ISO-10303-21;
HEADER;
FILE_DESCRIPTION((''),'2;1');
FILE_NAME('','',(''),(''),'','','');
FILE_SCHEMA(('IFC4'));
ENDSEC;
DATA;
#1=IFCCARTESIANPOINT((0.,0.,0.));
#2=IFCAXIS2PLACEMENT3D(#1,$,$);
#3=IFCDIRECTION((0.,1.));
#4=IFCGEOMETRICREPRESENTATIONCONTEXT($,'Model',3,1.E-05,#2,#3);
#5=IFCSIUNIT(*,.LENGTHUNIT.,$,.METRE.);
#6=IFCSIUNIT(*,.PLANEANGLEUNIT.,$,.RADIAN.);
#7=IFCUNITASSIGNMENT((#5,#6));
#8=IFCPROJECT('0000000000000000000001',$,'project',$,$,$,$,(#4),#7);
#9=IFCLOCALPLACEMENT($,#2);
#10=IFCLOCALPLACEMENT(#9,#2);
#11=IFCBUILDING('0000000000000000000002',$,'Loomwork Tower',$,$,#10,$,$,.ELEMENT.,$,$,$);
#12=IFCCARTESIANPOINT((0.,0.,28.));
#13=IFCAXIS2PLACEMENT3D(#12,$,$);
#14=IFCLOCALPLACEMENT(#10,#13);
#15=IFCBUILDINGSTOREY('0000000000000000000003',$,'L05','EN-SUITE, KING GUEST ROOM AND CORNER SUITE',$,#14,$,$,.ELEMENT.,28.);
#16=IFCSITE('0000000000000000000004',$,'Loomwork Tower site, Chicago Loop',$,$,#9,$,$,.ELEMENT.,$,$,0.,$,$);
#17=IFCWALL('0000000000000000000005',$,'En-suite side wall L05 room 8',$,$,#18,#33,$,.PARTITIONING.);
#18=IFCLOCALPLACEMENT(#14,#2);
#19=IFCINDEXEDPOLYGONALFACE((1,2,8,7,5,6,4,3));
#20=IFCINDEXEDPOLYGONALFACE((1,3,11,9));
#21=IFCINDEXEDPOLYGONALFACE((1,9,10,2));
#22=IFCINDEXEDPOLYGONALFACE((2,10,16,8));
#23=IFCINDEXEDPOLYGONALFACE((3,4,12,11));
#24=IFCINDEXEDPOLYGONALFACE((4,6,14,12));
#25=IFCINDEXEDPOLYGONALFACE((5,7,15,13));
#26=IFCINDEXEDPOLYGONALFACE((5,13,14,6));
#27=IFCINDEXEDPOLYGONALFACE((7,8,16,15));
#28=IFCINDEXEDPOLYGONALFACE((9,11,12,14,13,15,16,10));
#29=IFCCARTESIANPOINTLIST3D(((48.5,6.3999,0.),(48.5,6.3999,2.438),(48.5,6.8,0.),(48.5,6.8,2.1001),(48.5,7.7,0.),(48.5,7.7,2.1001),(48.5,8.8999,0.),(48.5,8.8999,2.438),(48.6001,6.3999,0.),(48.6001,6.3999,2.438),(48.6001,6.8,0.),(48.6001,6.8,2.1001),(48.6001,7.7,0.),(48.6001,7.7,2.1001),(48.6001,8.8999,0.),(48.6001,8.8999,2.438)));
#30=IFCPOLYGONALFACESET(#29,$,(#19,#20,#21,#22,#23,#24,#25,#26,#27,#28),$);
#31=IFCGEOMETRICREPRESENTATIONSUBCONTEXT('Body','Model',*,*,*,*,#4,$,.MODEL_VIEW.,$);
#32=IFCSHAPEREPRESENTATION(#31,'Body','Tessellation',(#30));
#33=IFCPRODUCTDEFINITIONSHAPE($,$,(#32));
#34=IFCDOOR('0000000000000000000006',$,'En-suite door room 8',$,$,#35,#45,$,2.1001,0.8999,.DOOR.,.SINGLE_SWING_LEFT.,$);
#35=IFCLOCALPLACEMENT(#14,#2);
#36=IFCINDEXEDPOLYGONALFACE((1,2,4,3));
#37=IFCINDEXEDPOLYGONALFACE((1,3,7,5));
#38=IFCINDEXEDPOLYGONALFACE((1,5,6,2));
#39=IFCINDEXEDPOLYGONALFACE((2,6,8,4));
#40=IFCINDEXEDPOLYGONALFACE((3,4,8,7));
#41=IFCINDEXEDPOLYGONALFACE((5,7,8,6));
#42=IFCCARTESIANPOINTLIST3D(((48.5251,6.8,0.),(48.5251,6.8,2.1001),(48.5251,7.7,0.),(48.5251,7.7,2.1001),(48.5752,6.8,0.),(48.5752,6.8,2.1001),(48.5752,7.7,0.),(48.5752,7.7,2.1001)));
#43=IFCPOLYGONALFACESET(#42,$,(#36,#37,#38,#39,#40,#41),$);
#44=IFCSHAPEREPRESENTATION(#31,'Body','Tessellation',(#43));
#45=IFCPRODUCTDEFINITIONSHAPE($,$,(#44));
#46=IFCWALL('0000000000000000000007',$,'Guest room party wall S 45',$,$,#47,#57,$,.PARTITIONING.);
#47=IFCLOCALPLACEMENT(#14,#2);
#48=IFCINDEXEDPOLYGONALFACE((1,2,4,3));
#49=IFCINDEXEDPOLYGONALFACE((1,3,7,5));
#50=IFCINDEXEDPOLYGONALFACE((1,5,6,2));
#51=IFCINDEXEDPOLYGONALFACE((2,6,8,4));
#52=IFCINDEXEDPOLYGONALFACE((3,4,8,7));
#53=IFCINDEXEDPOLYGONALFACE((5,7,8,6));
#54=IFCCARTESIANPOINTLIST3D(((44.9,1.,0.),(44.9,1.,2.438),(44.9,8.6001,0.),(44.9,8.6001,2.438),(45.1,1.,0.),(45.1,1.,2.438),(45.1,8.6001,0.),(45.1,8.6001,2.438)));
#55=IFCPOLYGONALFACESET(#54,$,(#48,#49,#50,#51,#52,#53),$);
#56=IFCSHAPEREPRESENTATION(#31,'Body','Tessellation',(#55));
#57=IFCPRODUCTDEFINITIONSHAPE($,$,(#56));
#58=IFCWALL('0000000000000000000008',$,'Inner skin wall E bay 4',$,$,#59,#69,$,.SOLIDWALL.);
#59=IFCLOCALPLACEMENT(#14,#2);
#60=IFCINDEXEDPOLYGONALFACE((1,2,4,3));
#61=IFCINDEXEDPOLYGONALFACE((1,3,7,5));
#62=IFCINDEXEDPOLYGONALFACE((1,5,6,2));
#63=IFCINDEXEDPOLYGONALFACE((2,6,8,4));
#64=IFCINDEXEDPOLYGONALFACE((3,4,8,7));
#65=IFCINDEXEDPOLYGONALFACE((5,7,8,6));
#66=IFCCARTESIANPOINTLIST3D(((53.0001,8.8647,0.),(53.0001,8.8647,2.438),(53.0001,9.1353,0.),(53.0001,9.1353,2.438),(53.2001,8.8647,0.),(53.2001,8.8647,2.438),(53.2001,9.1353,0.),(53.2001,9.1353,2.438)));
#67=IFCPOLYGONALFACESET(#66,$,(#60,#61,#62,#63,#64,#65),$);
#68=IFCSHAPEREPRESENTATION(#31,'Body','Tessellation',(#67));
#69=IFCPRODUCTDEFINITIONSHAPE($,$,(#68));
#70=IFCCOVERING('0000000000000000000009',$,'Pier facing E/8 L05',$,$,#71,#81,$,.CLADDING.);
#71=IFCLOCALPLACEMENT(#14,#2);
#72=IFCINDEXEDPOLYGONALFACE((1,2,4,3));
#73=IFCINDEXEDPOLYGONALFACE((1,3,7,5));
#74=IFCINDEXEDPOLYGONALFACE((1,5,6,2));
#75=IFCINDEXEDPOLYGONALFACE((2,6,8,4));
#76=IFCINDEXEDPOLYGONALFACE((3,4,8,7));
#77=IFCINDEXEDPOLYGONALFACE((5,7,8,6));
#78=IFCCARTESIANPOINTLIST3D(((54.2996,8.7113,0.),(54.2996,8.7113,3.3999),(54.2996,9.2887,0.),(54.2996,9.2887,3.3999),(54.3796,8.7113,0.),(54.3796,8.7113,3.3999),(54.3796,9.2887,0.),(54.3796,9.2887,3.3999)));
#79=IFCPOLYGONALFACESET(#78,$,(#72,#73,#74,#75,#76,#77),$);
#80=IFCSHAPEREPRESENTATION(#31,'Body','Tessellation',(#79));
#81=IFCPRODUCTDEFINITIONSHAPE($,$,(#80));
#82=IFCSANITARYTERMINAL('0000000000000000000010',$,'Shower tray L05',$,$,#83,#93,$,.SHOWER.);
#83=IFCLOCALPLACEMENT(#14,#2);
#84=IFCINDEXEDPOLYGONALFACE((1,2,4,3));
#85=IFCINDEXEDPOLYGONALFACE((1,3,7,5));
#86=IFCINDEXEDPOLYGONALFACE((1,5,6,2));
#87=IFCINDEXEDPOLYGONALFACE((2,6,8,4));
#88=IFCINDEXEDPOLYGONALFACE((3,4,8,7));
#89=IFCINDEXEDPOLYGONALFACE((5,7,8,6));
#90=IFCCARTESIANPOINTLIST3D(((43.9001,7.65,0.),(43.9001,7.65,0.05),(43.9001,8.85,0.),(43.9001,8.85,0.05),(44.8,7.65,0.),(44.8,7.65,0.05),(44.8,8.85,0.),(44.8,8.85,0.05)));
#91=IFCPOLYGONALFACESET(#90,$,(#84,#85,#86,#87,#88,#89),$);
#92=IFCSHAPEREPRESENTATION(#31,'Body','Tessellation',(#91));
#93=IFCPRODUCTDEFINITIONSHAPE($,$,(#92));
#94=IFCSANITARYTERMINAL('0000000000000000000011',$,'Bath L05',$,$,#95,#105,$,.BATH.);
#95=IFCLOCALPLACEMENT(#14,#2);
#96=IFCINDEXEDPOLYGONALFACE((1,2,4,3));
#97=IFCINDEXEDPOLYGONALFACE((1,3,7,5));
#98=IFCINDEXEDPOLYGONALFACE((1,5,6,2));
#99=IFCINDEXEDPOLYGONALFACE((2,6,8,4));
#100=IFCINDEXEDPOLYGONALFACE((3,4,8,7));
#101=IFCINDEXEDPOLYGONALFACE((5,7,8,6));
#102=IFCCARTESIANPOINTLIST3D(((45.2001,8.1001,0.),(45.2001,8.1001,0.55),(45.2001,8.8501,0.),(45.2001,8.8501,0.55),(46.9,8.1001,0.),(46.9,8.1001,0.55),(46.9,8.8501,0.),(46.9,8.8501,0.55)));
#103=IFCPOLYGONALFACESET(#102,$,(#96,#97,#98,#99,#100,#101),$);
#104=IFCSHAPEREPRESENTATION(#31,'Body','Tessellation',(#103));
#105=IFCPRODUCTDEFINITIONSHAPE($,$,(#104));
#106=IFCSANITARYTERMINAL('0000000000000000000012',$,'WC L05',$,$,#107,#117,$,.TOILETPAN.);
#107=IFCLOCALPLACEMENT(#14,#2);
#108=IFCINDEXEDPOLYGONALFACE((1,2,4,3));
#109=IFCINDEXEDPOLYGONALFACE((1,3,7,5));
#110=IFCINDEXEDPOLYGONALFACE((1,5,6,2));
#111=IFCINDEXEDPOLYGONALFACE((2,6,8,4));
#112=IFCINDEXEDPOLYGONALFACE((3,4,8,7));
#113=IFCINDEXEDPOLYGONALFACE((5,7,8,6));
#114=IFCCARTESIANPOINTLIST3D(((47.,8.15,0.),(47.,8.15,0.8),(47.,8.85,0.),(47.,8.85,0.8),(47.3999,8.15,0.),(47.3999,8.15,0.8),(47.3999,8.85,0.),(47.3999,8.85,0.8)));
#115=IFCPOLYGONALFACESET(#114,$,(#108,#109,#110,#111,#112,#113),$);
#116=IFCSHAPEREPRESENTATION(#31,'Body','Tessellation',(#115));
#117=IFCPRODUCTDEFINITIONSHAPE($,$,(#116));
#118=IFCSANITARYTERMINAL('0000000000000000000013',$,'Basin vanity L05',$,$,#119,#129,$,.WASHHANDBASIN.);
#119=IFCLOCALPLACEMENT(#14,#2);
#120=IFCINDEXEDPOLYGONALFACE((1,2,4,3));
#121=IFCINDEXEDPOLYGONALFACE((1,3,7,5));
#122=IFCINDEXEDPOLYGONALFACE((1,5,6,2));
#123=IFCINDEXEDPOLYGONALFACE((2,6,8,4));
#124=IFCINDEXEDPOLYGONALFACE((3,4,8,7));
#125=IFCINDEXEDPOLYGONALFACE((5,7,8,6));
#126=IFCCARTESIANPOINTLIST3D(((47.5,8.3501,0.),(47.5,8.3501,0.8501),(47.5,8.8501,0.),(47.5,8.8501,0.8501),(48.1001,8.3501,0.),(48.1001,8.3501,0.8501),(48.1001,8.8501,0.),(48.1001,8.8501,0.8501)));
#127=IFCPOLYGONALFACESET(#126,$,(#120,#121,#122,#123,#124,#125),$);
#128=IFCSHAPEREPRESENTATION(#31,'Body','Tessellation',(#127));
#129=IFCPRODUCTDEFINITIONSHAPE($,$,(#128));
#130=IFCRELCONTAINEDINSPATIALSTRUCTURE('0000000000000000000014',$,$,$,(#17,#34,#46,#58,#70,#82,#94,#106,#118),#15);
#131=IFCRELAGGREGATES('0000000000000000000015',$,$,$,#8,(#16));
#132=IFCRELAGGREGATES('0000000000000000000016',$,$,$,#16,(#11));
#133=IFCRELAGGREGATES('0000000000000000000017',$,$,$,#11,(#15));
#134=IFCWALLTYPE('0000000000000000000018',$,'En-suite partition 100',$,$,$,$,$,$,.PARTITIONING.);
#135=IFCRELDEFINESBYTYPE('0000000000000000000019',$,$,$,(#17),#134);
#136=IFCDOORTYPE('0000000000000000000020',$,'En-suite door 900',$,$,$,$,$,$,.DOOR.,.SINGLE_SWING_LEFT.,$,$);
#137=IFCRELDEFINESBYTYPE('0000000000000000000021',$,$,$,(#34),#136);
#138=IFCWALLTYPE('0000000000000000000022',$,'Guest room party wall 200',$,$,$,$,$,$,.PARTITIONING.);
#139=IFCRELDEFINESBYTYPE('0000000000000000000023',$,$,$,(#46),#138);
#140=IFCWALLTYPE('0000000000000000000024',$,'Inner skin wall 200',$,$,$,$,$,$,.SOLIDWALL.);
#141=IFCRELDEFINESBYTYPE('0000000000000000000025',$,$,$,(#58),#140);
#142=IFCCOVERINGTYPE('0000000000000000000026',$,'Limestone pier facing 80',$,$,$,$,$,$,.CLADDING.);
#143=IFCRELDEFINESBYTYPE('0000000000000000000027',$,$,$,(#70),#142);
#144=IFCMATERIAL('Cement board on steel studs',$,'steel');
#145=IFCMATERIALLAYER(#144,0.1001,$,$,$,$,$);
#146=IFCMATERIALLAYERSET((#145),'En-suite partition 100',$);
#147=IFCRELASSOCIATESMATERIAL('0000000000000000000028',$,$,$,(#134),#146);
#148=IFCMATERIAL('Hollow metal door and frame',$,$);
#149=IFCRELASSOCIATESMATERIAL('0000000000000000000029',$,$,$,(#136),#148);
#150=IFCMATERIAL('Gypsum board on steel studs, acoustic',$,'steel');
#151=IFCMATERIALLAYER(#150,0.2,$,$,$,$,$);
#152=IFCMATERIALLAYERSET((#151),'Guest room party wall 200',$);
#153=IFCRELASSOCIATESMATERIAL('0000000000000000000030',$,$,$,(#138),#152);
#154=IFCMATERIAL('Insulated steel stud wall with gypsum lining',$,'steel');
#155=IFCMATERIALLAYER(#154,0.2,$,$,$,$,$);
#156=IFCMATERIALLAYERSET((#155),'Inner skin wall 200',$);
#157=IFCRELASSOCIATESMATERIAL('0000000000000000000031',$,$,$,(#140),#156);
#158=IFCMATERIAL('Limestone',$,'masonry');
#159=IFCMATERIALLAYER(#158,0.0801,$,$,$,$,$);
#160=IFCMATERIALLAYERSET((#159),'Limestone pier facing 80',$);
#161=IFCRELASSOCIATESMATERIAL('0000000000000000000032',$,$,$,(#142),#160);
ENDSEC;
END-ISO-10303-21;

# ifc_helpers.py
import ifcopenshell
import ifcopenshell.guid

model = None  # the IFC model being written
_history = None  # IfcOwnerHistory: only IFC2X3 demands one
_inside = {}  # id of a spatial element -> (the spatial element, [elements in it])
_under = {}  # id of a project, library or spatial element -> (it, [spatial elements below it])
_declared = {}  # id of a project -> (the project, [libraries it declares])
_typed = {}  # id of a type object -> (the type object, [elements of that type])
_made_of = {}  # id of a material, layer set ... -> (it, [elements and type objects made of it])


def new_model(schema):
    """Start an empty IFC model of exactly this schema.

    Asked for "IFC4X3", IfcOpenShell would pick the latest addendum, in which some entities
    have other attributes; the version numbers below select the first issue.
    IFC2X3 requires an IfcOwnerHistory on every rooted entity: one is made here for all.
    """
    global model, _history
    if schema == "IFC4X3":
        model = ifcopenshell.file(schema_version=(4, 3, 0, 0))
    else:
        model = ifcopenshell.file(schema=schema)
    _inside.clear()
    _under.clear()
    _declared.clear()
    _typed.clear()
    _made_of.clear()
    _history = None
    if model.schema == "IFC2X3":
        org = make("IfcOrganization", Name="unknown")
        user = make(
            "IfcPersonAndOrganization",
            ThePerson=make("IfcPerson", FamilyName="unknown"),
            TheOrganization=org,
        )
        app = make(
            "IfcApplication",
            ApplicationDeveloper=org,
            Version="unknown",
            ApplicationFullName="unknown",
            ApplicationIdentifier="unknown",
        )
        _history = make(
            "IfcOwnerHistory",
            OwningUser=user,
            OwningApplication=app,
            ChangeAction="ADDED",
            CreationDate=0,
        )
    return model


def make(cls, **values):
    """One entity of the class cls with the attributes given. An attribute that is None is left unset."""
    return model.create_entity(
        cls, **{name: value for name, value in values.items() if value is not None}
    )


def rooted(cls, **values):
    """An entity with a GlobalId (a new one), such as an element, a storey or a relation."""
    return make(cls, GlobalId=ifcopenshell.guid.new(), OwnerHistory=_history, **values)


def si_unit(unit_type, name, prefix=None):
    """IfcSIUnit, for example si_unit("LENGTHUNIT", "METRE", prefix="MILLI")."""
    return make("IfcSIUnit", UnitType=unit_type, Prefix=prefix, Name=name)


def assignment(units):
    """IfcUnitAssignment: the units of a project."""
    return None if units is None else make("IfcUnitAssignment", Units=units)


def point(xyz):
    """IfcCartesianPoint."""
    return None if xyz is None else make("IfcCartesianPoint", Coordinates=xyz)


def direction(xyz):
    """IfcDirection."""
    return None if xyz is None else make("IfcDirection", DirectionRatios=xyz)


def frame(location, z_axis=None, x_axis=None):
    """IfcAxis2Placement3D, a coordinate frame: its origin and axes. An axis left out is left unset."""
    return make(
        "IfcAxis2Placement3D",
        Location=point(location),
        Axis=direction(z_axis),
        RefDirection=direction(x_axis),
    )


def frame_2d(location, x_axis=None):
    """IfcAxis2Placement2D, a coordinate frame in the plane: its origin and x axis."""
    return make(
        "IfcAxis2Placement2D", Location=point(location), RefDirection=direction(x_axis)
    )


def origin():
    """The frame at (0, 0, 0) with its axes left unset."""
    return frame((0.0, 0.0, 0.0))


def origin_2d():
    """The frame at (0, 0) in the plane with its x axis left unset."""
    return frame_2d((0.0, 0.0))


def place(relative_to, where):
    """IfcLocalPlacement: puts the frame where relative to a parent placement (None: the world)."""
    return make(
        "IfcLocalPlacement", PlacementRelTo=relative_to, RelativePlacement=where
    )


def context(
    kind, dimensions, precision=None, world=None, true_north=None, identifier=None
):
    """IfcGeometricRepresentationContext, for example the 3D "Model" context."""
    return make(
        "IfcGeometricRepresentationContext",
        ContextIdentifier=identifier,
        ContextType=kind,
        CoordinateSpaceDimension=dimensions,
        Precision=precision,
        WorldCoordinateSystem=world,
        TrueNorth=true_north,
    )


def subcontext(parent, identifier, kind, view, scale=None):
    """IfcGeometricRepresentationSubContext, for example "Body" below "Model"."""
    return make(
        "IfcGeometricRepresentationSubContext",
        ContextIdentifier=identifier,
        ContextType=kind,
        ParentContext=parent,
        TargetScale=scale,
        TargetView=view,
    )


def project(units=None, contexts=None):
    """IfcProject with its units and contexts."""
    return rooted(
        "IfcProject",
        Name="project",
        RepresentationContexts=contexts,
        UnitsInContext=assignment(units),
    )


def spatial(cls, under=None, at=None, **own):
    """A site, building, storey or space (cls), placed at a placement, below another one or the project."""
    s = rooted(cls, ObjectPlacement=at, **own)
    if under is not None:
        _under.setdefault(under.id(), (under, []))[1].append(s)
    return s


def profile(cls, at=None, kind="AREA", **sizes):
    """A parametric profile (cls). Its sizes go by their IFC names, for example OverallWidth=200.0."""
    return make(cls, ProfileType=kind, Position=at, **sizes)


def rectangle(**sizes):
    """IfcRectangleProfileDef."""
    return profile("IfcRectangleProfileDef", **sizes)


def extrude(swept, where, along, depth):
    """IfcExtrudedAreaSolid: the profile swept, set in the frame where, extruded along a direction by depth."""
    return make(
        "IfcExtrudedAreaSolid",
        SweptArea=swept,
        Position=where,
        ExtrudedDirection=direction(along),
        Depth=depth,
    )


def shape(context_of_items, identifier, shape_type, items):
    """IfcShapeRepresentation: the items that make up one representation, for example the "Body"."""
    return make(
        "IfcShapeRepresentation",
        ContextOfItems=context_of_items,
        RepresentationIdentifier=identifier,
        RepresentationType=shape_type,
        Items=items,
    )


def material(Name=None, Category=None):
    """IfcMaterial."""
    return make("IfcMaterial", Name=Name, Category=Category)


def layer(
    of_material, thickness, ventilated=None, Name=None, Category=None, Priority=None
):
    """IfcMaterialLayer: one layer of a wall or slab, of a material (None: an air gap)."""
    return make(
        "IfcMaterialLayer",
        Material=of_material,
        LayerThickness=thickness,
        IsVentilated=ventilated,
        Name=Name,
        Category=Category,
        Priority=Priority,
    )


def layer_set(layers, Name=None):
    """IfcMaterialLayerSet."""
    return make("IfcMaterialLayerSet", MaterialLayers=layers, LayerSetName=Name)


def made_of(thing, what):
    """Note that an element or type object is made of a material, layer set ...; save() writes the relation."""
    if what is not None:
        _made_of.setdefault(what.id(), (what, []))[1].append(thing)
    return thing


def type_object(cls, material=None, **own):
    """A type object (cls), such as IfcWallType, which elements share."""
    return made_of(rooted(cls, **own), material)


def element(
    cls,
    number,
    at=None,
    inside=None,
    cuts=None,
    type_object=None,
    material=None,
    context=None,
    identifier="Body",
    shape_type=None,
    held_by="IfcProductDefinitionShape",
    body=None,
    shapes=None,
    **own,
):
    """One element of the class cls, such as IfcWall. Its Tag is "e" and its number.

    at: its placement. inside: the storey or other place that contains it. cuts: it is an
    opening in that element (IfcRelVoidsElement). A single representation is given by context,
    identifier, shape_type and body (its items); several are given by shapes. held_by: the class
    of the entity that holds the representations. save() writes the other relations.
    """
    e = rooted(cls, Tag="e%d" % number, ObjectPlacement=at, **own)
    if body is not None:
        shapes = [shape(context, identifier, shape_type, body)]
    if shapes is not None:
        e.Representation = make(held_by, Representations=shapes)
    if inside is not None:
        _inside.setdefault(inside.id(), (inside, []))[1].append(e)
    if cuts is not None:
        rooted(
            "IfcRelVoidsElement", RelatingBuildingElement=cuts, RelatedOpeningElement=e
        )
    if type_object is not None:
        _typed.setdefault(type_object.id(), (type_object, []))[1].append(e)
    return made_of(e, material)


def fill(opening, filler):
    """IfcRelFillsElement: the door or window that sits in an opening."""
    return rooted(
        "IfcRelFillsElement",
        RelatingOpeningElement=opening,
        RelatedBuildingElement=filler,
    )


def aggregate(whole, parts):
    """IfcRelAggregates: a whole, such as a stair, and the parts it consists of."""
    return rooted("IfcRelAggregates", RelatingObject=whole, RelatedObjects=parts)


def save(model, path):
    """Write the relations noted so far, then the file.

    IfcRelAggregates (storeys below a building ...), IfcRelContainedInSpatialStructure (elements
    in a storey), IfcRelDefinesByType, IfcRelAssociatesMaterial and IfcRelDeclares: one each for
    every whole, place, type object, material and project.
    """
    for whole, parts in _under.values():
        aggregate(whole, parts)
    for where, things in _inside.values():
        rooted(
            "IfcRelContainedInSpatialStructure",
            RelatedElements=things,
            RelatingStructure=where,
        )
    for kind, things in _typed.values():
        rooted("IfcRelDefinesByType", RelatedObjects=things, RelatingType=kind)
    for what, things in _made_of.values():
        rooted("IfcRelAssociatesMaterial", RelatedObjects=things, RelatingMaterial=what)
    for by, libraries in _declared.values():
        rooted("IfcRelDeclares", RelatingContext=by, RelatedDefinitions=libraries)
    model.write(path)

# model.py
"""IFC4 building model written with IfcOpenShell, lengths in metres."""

from ifc_helpers import new_model, si_unit, direction, frame, frame_2d, origin, origin_2d, place, context, subcontext, project, spatial, rectangle, extrude, material, layer, layer_set, type_object, element, fill, save


model = new_model("IFC4")

# Units and contexts
model_context = context("Model", 3, precision=1e-05, world=origin(), true_north=direction((0.0, 1.0)))
body_context = subcontext(model_context, "Body", "Model", "MODEL_VIEW")
ifc_project = project(units=[si_unit("LENGTHUNIT", "METRE"), si_unit("PLANEANGLEUNIT", "RADIAN")], contexts=[model_context])

# Site, building, storey
site_placement = place(None, origin())
site = spatial("IfcSite", under=ifc_project, at=site_placement, Name="Loomwork Tower site, Chicago Loop", CompositionType="ELEMENT", RefElevation=0.0)
building_placement = place(site_placement, origin())
building = spatial("IfcBuilding", under=site, at=building_placement, Name="Loomwork Tower", CompositionType="ELEMENT")
storey_placement = place(building_placement, frame((0.0, 0.0, 28.0)))
storey = spatial("IfcBuildingStorey", under=building, at=storey_placement, Name="L05", Description="EN-SUITE, KING GUEST ROOM AND CORNER SUITE", CompositionType="ELEMENT", Elevation=28.0)

# Shared definitions
ifc_material_1 = material(Name="Cement board on steel studs", Category="steel")
ifc_layer_1 = layer(ifc_material_1, 0.1001)
ifc_layer_set_1 = layer_set([ifc_layer_1], Name="En-suite partition 100")
wall_type_1 = type_object("IfcWallType", Name="En-suite partition 100", PredefinedType="PARTITIONING", material=ifc_layer_set_1)

# Wall, opening, door
wall_1_placement = place(storey_placement, frame((48.55, 8.8999, 0.0), z_axis=(0.0, 0.0, 1.0), x_axis=(0.0, -1.0, 0.0)))
wall_1 = element("IfcWall", 1, at=wall_1_placement, inside=storey, type_object=wall_type_1, Name="En-suite side wall L05 room 8", PredefinedType="PARTITIONING", context=body_context, shape_type="SweptSolid", body=[
    extrude(rectangle(XDim=2.5, YDim=0.1001, at=frame_2d((1.25, 0.0))), origin(), (0.0, 0.0, 1.0), 2.438),
])
opening_1_placement = place(wall_1_placement, frame((1.2, 0.0, 0.0)))
opening_1 = element("IfcOpeningElement", 2, at=opening_1_placement, cuts=wall_1, PredefinedType="OPENING", context=body_context, shape_type="SweptSolid", body=[
    extrude(rectangle(XDim=0.8999, YDim=2.1001, at=frame_2d((0.45, 1.05))), frame((0.0, 0.0601, 0.0), z_axis=(0.0, -1.0, 0.0), x_axis=(1.0, 0.0, 0.0)), (0.0, 0.0, 1.0), 0.1201),
])
ifc_material_2 = material(Name="Hollow metal door and frame")
door_type_1 = type_object("IfcDoorType", Name="En-suite door 900", OperationType="SINGLE_SWING_LEFT", PredefinedType="DOOR", material=ifc_material_2)
door_1_placement = place(opening_1_placement, frame((0.8999, 0.0, 0.0), z_axis=(0.0, 0.0, 1.0), x_axis=(-1.0, 0.0, 0.0)))
door_1 = element("IfcDoor", 3, at=door_1_placement, inside=storey, type_object=door_type_1, Name="En-suite door room 8", OperationType="SINGLE_SWING_LEFT", OverallHeight=2.1001, OverallWidth=0.8999, PredefinedType="DOOR", context=body_context, shape_type="SweptSolid", body=[
    extrude(rectangle(XDim=0.8999, YDim=2.1001, at=frame_2d((0.45, 1.05))), frame((0.0, 0.0249, 0.0), z_axis=(0.0, -1.0, 0.0), x_axis=(1.0, 0.0, 0.0)), (0.0, 0.0, 1.0), 0.05),
])
fill(opening_1, door_1)

# Walls
ifc_material_3 = material(Name="Gypsum board on steel studs, acoustic", Category="steel")
ifc_layer_2 = layer(ifc_material_3, 0.2)
ifc_layer_set_2 = layer_set([ifc_layer_2], Name="Guest room party wall 200")
wall_type_2 = type_object("IfcWallType", Name="Guest room party wall 200", PredefinedType="PARTITIONING", material=ifc_layer_set_2)
wall_2_placement = place(storey_placement, frame((45.0, 8.6001, 0.0), z_axis=(0.0, 0.0, 1.0), x_axis=(0.0, -1.0, 0.0)))
element("IfcWall", 4, at=wall_2_placement, inside=storey, type_object=wall_type_2, Name="Guest room party wall S 45", PredefinedType="PARTITIONING", context=body_context, shape_type="SweptSolid", body=[
    extrude(rectangle(XDim=7.6001, YDim=0.2, at=frame_2d((3.8, 0.0))), origin(), (0.0, 0.0, 1.0), 2.438),
])
ifc_material_4 = material(Name="Insulated steel stud wall with gypsum lining", Category="steel")
ifc_layer_3 = layer(ifc_material_4, 0.2)
ifc_layer_set_3 = layer_set([ifc_layer_3], Name="Inner skin wall 200")
wall_type_3 = type_object("IfcWallType", Name="Inner skin wall 200", PredefinedType="SOLIDWALL", material=ifc_layer_set_3)
wall_3_placement = place(storey_placement, frame((53.1001, 8.8647, 0.0), z_axis=(0.0, 0.0, 1.0), x_axis=(0.0, 1.0, 0.0)))
element("IfcWall", 5, at=wall_3_placement, inside=storey, type_object=wall_type_3, Name="Inner skin wall E bay 4", PredefinedType="SOLIDWALL", context=body_context, shape_type="SweptSolid", body=[
    extrude(rectangle(XDim=0.2705, YDim=0.2, at=frame_2d((0.1353, 0.0))), origin(), (0.0, 0.0, 1.0), 2.438),
])

# Covering
ifc_material_5 = material(Name="Limestone", Category="masonry")
ifc_layer_4 = layer(ifc_material_5, 0.0801)
ifc_layer_set_4 = layer_set([ifc_layer_4], Name="Limestone pier facing 80")
covering_type = type_object("IfcCoveringType", Name="Limestone pier facing 80", PredefinedType="CLADDING", material=ifc_layer_set_4)
covering_placement = place(storey_placement, frame((54.3396, 9.0, 0.0), z_axis=(0.0, 0.0, 1.0), x_axis=(1.0, 0.0, 0.0)))
element("IfcCovering", 6, at=covering_placement, inside=storey, type_object=covering_type, Name="Pier facing E/8 L05", PredefinedType="CLADDING", context=body_context, shape_type="SweptSolid", body=[
    extrude(rectangle(XDim=0.0801, YDim=0.5774, at=origin_2d()), origin(), (0.0, 0.0, 1.0), 3.3999),
])

# Sanitary terminals
sanitary_terminal_1_placement = place(storey_placement, frame((44.3501, 8.25, 0.0), z_axis=(0.0, 0.0, 1.0), x_axis=(1.0, 0.0, 0.0)))
element("IfcSanitaryTerminal", 7, at=sanitary_terminal_1_placement, inside=storey, Name="Shower tray L05", PredefinedType="SHOWER", context=body_context, shape_type="SweptSolid", body=[
    extrude(rectangle(XDim=0.8999, YDim=1.2, at=origin_2d()), origin(), (0.0, 0.0, 1.0), 0.05),
])
sanitary_terminal_2_placement = place(storey_placement, frame((46.05, 8.4751, 0.0), z_axis=(0.0, 0.0, 1.0), x_axis=(1.0, 0.0, 0.0)))
element("IfcSanitaryTerminal", 8, at=sanitary_terminal_2_placement, inside=storey, Name="Bath L05", PredefinedType="BATH", context=body_context, shape_type="SweptSolid", body=[
    extrude(rectangle(XDim=1.7, YDim=0.75, at=origin_2d()), origin(), (0.0, 0.0, 1.0), 0.55),
])
sanitary_terminal_3_placement = place(storey_placement, frame((47.2, 8.5, 0.0), z_axis=(0.0, 0.0, 1.0), x_axis=(1.0, 0.0, 0.0)))
element("IfcSanitaryTerminal", 9, at=sanitary_terminal_3_placement, inside=storey, Name="WC L05", PredefinedType="TOILETPAN", context=body_context, shape_type="SweptSolid", body=[
    extrude(rectangle(XDim=0.3999, YDim=0.7, at=origin_2d()), origin(), (0.0, 0.0, 1.0), 0.8),
])
sanitary_terminal_4_placement = place(storey_placement, frame((47.8, 8.6001, 0.0), z_axis=(0.0, 0.0, 1.0), x_axis=(1.0, 0.0, 0.0)))
element("IfcSanitaryTerminal", 10, at=sanitary_terminal_4_placement, inside=storey, Name="Basin vanity L05", PredefinedType="WASHHANDBASIN", context=body_context, shape_type="SweptSolid", body=[
    extrude(rectangle(XDim=0.6001, YDim=0.5, at=origin_2d()), origin(), (0.0, 0.0, 1.0), 0.8501),
])

save(model, "model.ifc")
